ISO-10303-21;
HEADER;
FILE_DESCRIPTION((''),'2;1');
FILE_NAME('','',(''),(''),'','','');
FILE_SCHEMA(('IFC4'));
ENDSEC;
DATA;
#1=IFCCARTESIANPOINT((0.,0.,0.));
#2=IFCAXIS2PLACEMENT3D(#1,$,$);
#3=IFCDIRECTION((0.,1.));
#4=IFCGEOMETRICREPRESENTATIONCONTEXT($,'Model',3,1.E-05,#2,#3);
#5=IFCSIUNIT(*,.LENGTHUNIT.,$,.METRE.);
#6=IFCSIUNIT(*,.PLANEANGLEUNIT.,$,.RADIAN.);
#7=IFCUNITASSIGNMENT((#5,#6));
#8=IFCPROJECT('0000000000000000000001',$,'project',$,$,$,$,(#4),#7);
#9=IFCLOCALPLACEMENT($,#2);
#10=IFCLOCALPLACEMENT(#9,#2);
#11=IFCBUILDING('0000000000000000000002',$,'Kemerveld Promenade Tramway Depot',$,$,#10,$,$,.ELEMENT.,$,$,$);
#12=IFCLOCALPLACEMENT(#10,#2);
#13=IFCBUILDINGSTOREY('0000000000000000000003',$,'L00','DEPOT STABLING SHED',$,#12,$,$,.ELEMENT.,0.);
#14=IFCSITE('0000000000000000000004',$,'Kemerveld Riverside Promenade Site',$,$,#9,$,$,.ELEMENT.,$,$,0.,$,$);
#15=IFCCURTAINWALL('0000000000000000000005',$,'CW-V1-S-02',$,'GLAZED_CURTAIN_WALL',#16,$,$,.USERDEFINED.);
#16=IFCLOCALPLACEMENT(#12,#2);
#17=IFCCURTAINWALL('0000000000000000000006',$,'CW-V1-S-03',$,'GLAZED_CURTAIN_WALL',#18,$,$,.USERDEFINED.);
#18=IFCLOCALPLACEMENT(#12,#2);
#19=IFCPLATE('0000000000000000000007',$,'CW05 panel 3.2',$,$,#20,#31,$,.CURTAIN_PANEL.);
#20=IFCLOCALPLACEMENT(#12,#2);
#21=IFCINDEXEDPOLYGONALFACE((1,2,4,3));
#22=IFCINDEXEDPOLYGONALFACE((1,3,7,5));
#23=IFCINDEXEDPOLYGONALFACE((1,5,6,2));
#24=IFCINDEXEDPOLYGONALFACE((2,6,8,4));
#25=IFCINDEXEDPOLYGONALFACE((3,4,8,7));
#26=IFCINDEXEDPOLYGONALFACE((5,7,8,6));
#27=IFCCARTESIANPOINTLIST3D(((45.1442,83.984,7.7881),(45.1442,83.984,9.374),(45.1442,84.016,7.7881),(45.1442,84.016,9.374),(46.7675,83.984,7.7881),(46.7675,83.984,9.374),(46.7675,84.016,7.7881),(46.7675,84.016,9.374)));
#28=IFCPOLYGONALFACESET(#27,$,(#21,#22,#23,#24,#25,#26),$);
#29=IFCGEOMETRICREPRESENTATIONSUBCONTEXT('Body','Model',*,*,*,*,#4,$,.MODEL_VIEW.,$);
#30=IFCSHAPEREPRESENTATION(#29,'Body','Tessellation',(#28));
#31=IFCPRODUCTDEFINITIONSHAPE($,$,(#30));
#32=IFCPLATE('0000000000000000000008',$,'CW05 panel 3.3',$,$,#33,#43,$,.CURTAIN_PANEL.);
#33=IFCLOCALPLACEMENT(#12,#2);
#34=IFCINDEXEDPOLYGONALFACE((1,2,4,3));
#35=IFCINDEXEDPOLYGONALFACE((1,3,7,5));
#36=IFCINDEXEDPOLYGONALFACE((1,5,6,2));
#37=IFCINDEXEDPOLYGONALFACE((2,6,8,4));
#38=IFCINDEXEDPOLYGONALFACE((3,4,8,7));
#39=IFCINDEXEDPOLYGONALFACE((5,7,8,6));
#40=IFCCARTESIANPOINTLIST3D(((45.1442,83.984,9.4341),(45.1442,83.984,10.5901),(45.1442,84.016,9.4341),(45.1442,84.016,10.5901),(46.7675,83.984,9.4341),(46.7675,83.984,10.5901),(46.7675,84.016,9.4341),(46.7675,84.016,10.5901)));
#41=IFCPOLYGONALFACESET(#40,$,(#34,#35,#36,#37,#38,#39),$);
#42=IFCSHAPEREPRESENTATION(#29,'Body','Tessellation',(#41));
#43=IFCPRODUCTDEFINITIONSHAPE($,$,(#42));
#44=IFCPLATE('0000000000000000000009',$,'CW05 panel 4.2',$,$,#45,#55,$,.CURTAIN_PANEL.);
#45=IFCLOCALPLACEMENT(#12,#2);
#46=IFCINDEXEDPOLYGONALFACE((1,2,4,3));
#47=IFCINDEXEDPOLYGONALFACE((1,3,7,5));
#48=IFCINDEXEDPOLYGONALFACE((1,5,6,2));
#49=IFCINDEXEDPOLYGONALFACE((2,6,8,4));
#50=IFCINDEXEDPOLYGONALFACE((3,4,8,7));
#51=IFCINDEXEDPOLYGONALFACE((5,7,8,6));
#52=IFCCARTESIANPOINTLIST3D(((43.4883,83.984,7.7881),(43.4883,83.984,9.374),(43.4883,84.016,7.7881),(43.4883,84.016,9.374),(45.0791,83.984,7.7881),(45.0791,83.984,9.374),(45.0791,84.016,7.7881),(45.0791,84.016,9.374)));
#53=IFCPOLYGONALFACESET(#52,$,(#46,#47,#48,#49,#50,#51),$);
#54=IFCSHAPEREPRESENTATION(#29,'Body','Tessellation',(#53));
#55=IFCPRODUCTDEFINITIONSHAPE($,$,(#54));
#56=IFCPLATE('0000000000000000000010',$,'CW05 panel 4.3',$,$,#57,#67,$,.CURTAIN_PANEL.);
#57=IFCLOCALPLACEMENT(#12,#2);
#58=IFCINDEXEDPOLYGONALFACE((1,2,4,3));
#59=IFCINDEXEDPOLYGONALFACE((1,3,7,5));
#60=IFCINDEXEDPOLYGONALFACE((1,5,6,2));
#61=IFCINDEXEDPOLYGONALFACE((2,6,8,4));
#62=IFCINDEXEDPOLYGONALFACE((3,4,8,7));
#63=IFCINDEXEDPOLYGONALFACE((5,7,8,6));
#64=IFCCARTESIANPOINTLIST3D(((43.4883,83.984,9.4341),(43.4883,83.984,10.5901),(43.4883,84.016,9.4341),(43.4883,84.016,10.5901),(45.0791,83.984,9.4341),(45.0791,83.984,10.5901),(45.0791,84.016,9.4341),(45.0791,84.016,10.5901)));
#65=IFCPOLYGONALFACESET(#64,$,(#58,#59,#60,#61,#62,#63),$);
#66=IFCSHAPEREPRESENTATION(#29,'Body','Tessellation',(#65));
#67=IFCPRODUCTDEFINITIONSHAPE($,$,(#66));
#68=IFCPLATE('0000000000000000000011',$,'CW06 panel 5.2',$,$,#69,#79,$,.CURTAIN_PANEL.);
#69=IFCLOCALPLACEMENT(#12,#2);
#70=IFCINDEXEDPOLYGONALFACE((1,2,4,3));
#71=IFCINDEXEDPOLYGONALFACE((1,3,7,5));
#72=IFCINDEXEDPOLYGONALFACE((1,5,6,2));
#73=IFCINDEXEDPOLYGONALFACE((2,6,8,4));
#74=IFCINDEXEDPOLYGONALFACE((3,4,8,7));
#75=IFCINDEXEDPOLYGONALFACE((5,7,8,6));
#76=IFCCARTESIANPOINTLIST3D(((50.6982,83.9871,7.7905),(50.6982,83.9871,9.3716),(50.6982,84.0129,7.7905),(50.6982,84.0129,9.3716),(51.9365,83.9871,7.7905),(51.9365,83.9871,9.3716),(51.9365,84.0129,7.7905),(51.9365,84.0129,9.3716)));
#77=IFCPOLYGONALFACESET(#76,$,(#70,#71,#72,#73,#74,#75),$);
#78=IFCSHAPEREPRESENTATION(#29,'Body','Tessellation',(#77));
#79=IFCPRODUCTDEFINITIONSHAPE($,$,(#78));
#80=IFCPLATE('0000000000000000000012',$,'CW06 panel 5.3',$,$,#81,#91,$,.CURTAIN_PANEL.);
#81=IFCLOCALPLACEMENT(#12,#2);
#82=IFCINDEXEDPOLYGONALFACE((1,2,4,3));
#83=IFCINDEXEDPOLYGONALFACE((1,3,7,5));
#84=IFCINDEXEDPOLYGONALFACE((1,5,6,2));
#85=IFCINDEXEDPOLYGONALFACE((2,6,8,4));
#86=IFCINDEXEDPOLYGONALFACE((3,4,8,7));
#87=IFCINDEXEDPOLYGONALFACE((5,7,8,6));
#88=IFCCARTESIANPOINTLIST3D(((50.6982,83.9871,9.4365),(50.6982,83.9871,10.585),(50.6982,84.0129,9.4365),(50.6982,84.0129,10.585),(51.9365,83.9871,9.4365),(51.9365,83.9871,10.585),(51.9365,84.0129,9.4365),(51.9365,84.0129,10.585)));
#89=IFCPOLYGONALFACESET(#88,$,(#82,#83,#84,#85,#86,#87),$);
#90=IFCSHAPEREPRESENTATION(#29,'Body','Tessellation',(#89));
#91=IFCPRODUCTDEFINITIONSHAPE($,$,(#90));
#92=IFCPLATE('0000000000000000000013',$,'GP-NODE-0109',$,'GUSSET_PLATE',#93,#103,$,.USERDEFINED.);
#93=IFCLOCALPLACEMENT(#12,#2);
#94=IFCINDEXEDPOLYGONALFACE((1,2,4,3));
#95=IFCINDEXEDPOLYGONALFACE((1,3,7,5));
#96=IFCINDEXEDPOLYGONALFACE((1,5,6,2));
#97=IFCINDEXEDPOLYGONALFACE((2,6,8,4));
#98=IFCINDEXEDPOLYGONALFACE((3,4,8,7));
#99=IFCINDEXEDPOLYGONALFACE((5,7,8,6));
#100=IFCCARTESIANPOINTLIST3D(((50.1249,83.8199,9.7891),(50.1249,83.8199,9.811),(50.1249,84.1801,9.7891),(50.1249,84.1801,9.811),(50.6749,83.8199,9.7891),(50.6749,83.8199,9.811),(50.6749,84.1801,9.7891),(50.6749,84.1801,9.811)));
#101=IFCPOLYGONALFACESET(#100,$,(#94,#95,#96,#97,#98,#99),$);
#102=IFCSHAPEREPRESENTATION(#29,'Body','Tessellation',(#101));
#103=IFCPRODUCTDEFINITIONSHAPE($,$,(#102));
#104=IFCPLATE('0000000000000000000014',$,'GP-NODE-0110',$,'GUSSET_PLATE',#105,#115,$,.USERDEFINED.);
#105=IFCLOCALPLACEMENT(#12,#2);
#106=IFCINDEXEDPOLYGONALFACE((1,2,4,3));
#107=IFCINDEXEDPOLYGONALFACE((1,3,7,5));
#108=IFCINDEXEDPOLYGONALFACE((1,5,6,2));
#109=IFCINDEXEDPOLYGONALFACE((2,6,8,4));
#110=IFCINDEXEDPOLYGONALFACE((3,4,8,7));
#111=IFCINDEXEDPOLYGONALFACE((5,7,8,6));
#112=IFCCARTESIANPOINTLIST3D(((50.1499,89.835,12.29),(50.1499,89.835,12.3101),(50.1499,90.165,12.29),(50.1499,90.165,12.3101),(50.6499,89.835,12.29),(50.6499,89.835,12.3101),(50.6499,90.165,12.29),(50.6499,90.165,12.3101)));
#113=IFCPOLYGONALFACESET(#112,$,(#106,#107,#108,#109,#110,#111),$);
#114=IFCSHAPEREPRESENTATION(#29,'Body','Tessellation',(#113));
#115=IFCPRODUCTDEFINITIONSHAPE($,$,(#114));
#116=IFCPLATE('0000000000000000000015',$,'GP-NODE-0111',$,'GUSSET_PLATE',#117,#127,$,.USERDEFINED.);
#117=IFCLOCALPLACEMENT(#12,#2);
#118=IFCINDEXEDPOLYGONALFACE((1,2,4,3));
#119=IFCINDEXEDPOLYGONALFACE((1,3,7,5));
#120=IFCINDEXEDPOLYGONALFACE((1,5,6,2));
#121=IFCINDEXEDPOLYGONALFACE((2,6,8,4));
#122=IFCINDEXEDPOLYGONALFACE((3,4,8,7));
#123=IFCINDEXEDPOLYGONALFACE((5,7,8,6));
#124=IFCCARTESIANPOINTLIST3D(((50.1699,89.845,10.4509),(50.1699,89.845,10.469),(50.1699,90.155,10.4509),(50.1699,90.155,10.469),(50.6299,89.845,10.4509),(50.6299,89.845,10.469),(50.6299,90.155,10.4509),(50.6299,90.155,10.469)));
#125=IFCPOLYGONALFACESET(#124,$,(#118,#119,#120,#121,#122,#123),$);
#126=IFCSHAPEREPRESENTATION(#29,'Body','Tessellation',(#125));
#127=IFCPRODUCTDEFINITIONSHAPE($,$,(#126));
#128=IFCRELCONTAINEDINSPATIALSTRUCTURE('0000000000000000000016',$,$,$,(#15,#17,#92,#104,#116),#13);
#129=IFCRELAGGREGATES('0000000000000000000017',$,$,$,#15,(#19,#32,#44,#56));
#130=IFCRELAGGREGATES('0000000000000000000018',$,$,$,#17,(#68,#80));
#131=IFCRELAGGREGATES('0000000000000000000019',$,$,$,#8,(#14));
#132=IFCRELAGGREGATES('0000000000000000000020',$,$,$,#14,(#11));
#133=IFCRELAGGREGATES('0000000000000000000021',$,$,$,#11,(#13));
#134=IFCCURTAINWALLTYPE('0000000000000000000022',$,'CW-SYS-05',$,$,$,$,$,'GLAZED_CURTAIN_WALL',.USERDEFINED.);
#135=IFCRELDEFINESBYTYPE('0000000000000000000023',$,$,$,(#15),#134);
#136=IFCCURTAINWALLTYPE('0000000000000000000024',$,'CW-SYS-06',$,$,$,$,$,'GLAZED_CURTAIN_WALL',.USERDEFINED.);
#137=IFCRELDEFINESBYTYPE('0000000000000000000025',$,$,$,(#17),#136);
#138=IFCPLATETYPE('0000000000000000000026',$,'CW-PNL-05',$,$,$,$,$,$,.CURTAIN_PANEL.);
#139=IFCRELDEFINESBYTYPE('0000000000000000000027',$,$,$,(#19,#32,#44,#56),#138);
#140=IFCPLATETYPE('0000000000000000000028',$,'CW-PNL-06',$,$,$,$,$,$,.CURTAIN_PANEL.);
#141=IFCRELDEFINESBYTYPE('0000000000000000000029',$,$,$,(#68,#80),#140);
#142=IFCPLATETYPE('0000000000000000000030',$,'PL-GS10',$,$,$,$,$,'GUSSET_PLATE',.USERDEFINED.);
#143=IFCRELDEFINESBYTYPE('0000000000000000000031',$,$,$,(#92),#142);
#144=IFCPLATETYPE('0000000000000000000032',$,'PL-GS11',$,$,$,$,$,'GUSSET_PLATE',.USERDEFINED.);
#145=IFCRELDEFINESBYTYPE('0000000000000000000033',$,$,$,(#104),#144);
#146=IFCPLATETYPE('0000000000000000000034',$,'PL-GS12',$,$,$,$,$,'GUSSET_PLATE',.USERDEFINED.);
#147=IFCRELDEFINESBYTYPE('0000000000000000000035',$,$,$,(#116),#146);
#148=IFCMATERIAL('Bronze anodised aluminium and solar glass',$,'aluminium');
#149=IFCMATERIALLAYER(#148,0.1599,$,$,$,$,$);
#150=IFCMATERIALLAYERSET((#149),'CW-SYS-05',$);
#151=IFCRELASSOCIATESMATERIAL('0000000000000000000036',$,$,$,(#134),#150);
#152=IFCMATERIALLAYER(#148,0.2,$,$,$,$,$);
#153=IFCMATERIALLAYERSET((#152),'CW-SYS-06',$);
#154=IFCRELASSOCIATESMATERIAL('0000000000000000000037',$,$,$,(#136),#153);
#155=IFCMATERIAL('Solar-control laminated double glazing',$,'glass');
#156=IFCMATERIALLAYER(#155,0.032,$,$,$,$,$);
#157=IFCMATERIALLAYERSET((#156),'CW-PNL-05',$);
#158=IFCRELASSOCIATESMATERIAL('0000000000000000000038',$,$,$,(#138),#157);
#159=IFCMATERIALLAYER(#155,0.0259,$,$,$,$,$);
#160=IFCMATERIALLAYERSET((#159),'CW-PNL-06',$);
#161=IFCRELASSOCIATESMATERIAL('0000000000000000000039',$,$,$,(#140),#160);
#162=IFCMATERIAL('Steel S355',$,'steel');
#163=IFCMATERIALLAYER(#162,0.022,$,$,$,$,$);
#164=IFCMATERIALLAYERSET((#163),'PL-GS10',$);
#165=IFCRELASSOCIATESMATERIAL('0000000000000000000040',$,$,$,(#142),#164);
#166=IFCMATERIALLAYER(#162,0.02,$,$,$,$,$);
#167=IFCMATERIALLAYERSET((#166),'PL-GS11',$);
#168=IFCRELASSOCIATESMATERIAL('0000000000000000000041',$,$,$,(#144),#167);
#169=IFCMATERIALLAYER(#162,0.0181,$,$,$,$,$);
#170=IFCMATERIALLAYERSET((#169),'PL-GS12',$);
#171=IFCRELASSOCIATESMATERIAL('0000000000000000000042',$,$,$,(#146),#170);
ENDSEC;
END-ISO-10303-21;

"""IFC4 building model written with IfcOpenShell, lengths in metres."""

from ifc_helpers import new_model, si_unit, direction, frame, origin, origin_2d, place, context, subcontext, project, spatial, rectangle, extrude, material, layer, layer_set, type_object, element, aggregate, save


model = new_model("IFC4")

# Units and contexts
model_context = context("Model", 3, precision=1e-05, world=origin(), true_north=direction((0.0, 1.0)))
body_context = subcontext(model_context, "Body", "Model", "MODEL_VIEW")
ifc_project = project(units=[si_unit("LENGTHUNIT", "METRE"), si_unit("PLANEANGLEUNIT", "RADIAN")], contexts=[model_context])

# Site, building, storey
site_placement = place(None, origin())
site = spatial("IfcSite", under=ifc_project, at=site_placement, Name="Kemerveld Riverside Promenade Site", CompositionType="ELEMENT", RefElevation=0.0)
building_placement = place(site_placement, origin())
building = spatial("IfcBuilding", under=site, at=building_placement, Name="Kemerveld Promenade Tramway Depot", CompositionType="ELEMENT")
storey_placement = place(building_placement, origin())
storey = spatial("IfcBuildingStorey", under=building, at=storey_placement, Name="L00", Description="DEPOT STABLING SHED", CompositionType="ELEMENT", Elevation=0.0)

# Shared definitions
ifc_material_1 = material(Name="Steel S355", Category="steel")

# Curtain walls
ifc_material_2 = material(Name="Bronze anodised aluminium and solar glass", Category="aluminium")
ifc_layer_1 = layer(ifc_material_2, 0.1599)
ifc_layer_set_1 = layer_set([ifc_layer_1], Name="CW-SYS-05")
curtain_wall_type_1 = type_object("IfcCurtainWallType", Name="CW-SYS-05", ElementType="GLAZED_CURTAIN_WALL", PredefinedType="USERDEFINED", material=ifc_layer_set_1)
curtain_wall_1_placement = place(storey_placement, origin())
curtain_wall_1 = element("IfcCurtainWall", 1, at=curtain_wall_1_placement, inside=storey, type_object=curtain_wall_type_1, Name="CW-V1-S-02", ObjectType="GLAZED_CURTAIN_WALL", PredefinedType="USERDEFINED")
ifc_layer_2 = layer(ifc_material_2, 0.2)
ifc_layer_set_2 = layer_set([ifc_layer_2], Name="CW-SYS-06")
curtain_wall_type_2 = type_object("IfcCurtainWallType", Name="CW-SYS-06", ElementType="GLAZED_CURTAIN_WALL", PredefinedType="USERDEFINED", material=ifc_layer_set_2)
curtain_wall_2_placement = place(storey_placement, origin())
curtain_wall_2 = element("IfcCurtainWall", 2, at=curtain_wall_2_placement, inside=storey, type_object=curtain_wall_type_2, Name="CW-V1-S-03", ObjectType="GLAZED_CURTAIN_WALL", PredefinedType="USERDEFINED")

# Plates
ifc_material_3 = material(Name="Solar-control laminated double glazing", Category="glass")
ifc_layer_3 = layer(ifc_material_3, 0.032)
ifc_layer_set_3 = layer_set([ifc_layer_3], Name="CW-PNL-05")
plate_type_1 = type_object("IfcPlateType", Name="CW-PNL-05", PredefinedType="CURTAIN_PANEL", material=ifc_layer_set_3)
plate_1_placement = place(storey_placement, frame((45.9558, 84.0, 7.7881), z_axis=(0.0, 0.0, 1.0), x_axis=(-1.0, 0.0, 0.0)))
plate_1 = element("IfcPlate", 3, at=plate_1_placement, type_object=plate_type_1, Name="CW05 panel 3.2", PredefinedType="CURTAIN_PANEL", context=body_context, shape_type="SweptSolid", body=[
    extrude(rectangle(XDim=1.6233, YDim=0.032, at=origin_2d()), origin(), (0.0, 0.0, 1.0), 1.5859),
])
plate_2_placement = place(storey_placement, frame((45.9558, 84.0, 9.4341), z_axis=(0.0, 0.0, 1.0), x_axis=(-1.0, 0.0, 0.0)))
plate_2 = element("IfcPlate", 4, at=plate_2_placement, type_object=plate_type_1, Name="CW05 panel 3.3", PredefinedType="CURTAIN_PANEL", context=body_context, shape_type="SweptSolid", body=[
    extrude(rectangle(XDim=1.6233, YDim=0.032, at=origin_2d()), origin(), (0.0, 0.0, 1.0), 1.156),
])
plate_3_placement = place(storey_placement, frame((44.2837, 84.0, 7.7881), z_axis=(0.0, 0.0, 1.0), x_axis=(-1.0, 0.0, 0.0)))
plate_3 = element("IfcPlate", 5, at=plate_3_placement, type_object=plate_type_1, Name="CW05 panel 4.2", PredefinedType="CURTAIN_PANEL", context=body_context, shape_type="SweptSolid", body=[
    extrude(rectangle(XDim=1.5908, YDim=0.032, at=origin_2d()), origin(), (0.0, 0.0, 1.0), 1.5859),
])
plate_4_placement = place(storey_placement, frame((44.2837, 84.0, 9.4341), z_axis=(0.0, 0.0, 1.0), x_axis=(-1.0, 0.0, 0.0)))
plate_4 = element("IfcPlate", 6, at=plate_4_placement, type_object=plate_type_1, Name="CW05 panel 4.3", PredefinedType="CURTAIN_PANEL", context=body_context, shape_type="SweptSolid", body=[
    extrude(rectangle(XDim=1.5908, YDim=0.032, at=origin_2d()), origin(), (0.0, 0.0, 1.0), 1.156),
])
aggregate(curtain_wall_1, [plate_1, plate_2, plate_3, plate_4])
ifc_layer_4 = layer(ifc_material_3, 0.0259)
ifc_layer_set_4 = layer_set([ifc_layer_4], Name="CW-PNL-06")
plate_type_2 = type_object("IfcPlateType", Name="CW-PNL-06", PredefinedType="CURTAIN_PANEL", material=ifc_layer_set_4)
plate_5_placement = place(storey_placement, frame((51.3174, 84.0, 7.7905), z_axis=(0.0, 0.0, 1.0), x_axis=(-1.0, 0.0, 0.0)))
plate_5 = element("IfcPlate", 7, at=plate_5_placement, type_object=plate_type_2, Name="CW06 panel 5.2", PredefinedType="CURTAIN_PANEL", context=body_context, shape_type="SweptSolid", body=[
    extrude(rectangle(XDim=1.2383, YDim=0.0259, at=origin_2d()), origin(), (0.0, 0.0, 1.0), 1.5811),
])
plate_6_placement = place(storey_placement, frame((51.3174, 84.0, 9.4365), z_axis=(0.0, 0.0, 1.0), x_axis=(-1.0, 0.0, 0.0)))
plate_6 = element("IfcPlate", 8, at=plate_6_placement, type_object=plate_type_2, Name="CW06 panel 5.3", PredefinedType="CURTAIN_PANEL", context=body_context, shape_type="SweptSolid", body=[
    extrude(rectangle(XDim=1.2383, YDim=0.0259, at=origin_2d()), origin(), (0.0, 0.0, 1.0), 1.1484),
])
aggregate(curtain_wall_2, [plate_5, plate_6])

# Plates
ifc_layer_5 = layer(ifc_material_1, 0.022)
ifc_layer_set_5 = layer_set([ifc_layer_5], Name="PL-GS10")
plate_type_3 = type_object("IfcPlateType", Name="PL-GS10", ElementType="GUSSET_PLATE", PredefinedType="USERDEFINED", material=ifc_layer_set_5)
plate_7_placement = place(storey_placement, frame((50.3999, 84.0, 9.7891), z_axis=(0.0, 0.0, 1.0), x_axis=(1.0, 0.0, 0.0)))
element("IfcPlate", 9, at=plate_7_placement, inside=storey, type_object=plate_type_3, Name="GP-NODE-0109", ObjectType="GUSSET_PLATE", PredefinedType="USERDEFINED", context=body_context, shape_type="SweptSolid", body=[
    extrude(rectangle(XDim=0.55, YDim=0.3601, at=origin_2d()), origin(), (0.0, 0.0, 1.0), 0.022),
])
ifc_layer_6 = layer(ifc_material_1, 0.02)
ifc_layer_set_6 = layer_set([ifc_layer_6], Name="PL-GS11")
plate_type_4 = type_object("IfcPlateType", Name="PL-GS11", ElementType="GUSSET_PLATE", PredefinedType="USERDEFINED", material=ifc_layer_set_6)
plate_8_placement = place(storey_placement, frame((50.3999, 90.0, 12.29), z_axis=(0.0, 0.0, 1.0), x_axis=(1.0, 0.0, 0.0)))
element("IfcPlate", 10, at=plate_8_placement, inside=storey, type_object=plate_type_4, Name="GP-NODE-0110", ObjectType="GUSSET_PLATE", PredefinedType="USERDEFINED", context=body_context, shape_type="SweptSolid", body=[
    extrude(rectangle(XDim=0.5, YDim=0.3301, at=origin_2d()), origin(), (0.0, 0.0, 1.0), 0.02),
])
ifc_layer_7 = layer(ifc_material_1, 0.0181)
ifc_layer_set_7 = layer_set([ifc_layer_7], Name="PL-GS12")
plate_type_5 = type_object("IfcPlateType", Name="PL-GS12", ElementType="GUSSET_PLATE", PredefinedType="USERDEFINED", material=ifc_layer_set_7)
plate_9_placement = place(storey_placement, frame((50.3999, 90.0, 10.4509), z_axis=(0.0, 0.0, 1.0), x_axis=(1.0, 0.0, 0.0)))
element("IfcPlate", 11, at=plate_9_placement, inside=storey, type_object=plate_type_5, Name="GP-NODE-0111", ObjectType="GUSSET_PLATE", PredefinedType="USERDEFINED", context=body_context, shape_type="SweptSolid", body=[
    extrude(rectangle(XDim=0.46, YDim=0.3101, at=origin_2d()), origin(), (0.0, 0.0, 1.0), 0.0181),
])

save(model, "model.ifc")
